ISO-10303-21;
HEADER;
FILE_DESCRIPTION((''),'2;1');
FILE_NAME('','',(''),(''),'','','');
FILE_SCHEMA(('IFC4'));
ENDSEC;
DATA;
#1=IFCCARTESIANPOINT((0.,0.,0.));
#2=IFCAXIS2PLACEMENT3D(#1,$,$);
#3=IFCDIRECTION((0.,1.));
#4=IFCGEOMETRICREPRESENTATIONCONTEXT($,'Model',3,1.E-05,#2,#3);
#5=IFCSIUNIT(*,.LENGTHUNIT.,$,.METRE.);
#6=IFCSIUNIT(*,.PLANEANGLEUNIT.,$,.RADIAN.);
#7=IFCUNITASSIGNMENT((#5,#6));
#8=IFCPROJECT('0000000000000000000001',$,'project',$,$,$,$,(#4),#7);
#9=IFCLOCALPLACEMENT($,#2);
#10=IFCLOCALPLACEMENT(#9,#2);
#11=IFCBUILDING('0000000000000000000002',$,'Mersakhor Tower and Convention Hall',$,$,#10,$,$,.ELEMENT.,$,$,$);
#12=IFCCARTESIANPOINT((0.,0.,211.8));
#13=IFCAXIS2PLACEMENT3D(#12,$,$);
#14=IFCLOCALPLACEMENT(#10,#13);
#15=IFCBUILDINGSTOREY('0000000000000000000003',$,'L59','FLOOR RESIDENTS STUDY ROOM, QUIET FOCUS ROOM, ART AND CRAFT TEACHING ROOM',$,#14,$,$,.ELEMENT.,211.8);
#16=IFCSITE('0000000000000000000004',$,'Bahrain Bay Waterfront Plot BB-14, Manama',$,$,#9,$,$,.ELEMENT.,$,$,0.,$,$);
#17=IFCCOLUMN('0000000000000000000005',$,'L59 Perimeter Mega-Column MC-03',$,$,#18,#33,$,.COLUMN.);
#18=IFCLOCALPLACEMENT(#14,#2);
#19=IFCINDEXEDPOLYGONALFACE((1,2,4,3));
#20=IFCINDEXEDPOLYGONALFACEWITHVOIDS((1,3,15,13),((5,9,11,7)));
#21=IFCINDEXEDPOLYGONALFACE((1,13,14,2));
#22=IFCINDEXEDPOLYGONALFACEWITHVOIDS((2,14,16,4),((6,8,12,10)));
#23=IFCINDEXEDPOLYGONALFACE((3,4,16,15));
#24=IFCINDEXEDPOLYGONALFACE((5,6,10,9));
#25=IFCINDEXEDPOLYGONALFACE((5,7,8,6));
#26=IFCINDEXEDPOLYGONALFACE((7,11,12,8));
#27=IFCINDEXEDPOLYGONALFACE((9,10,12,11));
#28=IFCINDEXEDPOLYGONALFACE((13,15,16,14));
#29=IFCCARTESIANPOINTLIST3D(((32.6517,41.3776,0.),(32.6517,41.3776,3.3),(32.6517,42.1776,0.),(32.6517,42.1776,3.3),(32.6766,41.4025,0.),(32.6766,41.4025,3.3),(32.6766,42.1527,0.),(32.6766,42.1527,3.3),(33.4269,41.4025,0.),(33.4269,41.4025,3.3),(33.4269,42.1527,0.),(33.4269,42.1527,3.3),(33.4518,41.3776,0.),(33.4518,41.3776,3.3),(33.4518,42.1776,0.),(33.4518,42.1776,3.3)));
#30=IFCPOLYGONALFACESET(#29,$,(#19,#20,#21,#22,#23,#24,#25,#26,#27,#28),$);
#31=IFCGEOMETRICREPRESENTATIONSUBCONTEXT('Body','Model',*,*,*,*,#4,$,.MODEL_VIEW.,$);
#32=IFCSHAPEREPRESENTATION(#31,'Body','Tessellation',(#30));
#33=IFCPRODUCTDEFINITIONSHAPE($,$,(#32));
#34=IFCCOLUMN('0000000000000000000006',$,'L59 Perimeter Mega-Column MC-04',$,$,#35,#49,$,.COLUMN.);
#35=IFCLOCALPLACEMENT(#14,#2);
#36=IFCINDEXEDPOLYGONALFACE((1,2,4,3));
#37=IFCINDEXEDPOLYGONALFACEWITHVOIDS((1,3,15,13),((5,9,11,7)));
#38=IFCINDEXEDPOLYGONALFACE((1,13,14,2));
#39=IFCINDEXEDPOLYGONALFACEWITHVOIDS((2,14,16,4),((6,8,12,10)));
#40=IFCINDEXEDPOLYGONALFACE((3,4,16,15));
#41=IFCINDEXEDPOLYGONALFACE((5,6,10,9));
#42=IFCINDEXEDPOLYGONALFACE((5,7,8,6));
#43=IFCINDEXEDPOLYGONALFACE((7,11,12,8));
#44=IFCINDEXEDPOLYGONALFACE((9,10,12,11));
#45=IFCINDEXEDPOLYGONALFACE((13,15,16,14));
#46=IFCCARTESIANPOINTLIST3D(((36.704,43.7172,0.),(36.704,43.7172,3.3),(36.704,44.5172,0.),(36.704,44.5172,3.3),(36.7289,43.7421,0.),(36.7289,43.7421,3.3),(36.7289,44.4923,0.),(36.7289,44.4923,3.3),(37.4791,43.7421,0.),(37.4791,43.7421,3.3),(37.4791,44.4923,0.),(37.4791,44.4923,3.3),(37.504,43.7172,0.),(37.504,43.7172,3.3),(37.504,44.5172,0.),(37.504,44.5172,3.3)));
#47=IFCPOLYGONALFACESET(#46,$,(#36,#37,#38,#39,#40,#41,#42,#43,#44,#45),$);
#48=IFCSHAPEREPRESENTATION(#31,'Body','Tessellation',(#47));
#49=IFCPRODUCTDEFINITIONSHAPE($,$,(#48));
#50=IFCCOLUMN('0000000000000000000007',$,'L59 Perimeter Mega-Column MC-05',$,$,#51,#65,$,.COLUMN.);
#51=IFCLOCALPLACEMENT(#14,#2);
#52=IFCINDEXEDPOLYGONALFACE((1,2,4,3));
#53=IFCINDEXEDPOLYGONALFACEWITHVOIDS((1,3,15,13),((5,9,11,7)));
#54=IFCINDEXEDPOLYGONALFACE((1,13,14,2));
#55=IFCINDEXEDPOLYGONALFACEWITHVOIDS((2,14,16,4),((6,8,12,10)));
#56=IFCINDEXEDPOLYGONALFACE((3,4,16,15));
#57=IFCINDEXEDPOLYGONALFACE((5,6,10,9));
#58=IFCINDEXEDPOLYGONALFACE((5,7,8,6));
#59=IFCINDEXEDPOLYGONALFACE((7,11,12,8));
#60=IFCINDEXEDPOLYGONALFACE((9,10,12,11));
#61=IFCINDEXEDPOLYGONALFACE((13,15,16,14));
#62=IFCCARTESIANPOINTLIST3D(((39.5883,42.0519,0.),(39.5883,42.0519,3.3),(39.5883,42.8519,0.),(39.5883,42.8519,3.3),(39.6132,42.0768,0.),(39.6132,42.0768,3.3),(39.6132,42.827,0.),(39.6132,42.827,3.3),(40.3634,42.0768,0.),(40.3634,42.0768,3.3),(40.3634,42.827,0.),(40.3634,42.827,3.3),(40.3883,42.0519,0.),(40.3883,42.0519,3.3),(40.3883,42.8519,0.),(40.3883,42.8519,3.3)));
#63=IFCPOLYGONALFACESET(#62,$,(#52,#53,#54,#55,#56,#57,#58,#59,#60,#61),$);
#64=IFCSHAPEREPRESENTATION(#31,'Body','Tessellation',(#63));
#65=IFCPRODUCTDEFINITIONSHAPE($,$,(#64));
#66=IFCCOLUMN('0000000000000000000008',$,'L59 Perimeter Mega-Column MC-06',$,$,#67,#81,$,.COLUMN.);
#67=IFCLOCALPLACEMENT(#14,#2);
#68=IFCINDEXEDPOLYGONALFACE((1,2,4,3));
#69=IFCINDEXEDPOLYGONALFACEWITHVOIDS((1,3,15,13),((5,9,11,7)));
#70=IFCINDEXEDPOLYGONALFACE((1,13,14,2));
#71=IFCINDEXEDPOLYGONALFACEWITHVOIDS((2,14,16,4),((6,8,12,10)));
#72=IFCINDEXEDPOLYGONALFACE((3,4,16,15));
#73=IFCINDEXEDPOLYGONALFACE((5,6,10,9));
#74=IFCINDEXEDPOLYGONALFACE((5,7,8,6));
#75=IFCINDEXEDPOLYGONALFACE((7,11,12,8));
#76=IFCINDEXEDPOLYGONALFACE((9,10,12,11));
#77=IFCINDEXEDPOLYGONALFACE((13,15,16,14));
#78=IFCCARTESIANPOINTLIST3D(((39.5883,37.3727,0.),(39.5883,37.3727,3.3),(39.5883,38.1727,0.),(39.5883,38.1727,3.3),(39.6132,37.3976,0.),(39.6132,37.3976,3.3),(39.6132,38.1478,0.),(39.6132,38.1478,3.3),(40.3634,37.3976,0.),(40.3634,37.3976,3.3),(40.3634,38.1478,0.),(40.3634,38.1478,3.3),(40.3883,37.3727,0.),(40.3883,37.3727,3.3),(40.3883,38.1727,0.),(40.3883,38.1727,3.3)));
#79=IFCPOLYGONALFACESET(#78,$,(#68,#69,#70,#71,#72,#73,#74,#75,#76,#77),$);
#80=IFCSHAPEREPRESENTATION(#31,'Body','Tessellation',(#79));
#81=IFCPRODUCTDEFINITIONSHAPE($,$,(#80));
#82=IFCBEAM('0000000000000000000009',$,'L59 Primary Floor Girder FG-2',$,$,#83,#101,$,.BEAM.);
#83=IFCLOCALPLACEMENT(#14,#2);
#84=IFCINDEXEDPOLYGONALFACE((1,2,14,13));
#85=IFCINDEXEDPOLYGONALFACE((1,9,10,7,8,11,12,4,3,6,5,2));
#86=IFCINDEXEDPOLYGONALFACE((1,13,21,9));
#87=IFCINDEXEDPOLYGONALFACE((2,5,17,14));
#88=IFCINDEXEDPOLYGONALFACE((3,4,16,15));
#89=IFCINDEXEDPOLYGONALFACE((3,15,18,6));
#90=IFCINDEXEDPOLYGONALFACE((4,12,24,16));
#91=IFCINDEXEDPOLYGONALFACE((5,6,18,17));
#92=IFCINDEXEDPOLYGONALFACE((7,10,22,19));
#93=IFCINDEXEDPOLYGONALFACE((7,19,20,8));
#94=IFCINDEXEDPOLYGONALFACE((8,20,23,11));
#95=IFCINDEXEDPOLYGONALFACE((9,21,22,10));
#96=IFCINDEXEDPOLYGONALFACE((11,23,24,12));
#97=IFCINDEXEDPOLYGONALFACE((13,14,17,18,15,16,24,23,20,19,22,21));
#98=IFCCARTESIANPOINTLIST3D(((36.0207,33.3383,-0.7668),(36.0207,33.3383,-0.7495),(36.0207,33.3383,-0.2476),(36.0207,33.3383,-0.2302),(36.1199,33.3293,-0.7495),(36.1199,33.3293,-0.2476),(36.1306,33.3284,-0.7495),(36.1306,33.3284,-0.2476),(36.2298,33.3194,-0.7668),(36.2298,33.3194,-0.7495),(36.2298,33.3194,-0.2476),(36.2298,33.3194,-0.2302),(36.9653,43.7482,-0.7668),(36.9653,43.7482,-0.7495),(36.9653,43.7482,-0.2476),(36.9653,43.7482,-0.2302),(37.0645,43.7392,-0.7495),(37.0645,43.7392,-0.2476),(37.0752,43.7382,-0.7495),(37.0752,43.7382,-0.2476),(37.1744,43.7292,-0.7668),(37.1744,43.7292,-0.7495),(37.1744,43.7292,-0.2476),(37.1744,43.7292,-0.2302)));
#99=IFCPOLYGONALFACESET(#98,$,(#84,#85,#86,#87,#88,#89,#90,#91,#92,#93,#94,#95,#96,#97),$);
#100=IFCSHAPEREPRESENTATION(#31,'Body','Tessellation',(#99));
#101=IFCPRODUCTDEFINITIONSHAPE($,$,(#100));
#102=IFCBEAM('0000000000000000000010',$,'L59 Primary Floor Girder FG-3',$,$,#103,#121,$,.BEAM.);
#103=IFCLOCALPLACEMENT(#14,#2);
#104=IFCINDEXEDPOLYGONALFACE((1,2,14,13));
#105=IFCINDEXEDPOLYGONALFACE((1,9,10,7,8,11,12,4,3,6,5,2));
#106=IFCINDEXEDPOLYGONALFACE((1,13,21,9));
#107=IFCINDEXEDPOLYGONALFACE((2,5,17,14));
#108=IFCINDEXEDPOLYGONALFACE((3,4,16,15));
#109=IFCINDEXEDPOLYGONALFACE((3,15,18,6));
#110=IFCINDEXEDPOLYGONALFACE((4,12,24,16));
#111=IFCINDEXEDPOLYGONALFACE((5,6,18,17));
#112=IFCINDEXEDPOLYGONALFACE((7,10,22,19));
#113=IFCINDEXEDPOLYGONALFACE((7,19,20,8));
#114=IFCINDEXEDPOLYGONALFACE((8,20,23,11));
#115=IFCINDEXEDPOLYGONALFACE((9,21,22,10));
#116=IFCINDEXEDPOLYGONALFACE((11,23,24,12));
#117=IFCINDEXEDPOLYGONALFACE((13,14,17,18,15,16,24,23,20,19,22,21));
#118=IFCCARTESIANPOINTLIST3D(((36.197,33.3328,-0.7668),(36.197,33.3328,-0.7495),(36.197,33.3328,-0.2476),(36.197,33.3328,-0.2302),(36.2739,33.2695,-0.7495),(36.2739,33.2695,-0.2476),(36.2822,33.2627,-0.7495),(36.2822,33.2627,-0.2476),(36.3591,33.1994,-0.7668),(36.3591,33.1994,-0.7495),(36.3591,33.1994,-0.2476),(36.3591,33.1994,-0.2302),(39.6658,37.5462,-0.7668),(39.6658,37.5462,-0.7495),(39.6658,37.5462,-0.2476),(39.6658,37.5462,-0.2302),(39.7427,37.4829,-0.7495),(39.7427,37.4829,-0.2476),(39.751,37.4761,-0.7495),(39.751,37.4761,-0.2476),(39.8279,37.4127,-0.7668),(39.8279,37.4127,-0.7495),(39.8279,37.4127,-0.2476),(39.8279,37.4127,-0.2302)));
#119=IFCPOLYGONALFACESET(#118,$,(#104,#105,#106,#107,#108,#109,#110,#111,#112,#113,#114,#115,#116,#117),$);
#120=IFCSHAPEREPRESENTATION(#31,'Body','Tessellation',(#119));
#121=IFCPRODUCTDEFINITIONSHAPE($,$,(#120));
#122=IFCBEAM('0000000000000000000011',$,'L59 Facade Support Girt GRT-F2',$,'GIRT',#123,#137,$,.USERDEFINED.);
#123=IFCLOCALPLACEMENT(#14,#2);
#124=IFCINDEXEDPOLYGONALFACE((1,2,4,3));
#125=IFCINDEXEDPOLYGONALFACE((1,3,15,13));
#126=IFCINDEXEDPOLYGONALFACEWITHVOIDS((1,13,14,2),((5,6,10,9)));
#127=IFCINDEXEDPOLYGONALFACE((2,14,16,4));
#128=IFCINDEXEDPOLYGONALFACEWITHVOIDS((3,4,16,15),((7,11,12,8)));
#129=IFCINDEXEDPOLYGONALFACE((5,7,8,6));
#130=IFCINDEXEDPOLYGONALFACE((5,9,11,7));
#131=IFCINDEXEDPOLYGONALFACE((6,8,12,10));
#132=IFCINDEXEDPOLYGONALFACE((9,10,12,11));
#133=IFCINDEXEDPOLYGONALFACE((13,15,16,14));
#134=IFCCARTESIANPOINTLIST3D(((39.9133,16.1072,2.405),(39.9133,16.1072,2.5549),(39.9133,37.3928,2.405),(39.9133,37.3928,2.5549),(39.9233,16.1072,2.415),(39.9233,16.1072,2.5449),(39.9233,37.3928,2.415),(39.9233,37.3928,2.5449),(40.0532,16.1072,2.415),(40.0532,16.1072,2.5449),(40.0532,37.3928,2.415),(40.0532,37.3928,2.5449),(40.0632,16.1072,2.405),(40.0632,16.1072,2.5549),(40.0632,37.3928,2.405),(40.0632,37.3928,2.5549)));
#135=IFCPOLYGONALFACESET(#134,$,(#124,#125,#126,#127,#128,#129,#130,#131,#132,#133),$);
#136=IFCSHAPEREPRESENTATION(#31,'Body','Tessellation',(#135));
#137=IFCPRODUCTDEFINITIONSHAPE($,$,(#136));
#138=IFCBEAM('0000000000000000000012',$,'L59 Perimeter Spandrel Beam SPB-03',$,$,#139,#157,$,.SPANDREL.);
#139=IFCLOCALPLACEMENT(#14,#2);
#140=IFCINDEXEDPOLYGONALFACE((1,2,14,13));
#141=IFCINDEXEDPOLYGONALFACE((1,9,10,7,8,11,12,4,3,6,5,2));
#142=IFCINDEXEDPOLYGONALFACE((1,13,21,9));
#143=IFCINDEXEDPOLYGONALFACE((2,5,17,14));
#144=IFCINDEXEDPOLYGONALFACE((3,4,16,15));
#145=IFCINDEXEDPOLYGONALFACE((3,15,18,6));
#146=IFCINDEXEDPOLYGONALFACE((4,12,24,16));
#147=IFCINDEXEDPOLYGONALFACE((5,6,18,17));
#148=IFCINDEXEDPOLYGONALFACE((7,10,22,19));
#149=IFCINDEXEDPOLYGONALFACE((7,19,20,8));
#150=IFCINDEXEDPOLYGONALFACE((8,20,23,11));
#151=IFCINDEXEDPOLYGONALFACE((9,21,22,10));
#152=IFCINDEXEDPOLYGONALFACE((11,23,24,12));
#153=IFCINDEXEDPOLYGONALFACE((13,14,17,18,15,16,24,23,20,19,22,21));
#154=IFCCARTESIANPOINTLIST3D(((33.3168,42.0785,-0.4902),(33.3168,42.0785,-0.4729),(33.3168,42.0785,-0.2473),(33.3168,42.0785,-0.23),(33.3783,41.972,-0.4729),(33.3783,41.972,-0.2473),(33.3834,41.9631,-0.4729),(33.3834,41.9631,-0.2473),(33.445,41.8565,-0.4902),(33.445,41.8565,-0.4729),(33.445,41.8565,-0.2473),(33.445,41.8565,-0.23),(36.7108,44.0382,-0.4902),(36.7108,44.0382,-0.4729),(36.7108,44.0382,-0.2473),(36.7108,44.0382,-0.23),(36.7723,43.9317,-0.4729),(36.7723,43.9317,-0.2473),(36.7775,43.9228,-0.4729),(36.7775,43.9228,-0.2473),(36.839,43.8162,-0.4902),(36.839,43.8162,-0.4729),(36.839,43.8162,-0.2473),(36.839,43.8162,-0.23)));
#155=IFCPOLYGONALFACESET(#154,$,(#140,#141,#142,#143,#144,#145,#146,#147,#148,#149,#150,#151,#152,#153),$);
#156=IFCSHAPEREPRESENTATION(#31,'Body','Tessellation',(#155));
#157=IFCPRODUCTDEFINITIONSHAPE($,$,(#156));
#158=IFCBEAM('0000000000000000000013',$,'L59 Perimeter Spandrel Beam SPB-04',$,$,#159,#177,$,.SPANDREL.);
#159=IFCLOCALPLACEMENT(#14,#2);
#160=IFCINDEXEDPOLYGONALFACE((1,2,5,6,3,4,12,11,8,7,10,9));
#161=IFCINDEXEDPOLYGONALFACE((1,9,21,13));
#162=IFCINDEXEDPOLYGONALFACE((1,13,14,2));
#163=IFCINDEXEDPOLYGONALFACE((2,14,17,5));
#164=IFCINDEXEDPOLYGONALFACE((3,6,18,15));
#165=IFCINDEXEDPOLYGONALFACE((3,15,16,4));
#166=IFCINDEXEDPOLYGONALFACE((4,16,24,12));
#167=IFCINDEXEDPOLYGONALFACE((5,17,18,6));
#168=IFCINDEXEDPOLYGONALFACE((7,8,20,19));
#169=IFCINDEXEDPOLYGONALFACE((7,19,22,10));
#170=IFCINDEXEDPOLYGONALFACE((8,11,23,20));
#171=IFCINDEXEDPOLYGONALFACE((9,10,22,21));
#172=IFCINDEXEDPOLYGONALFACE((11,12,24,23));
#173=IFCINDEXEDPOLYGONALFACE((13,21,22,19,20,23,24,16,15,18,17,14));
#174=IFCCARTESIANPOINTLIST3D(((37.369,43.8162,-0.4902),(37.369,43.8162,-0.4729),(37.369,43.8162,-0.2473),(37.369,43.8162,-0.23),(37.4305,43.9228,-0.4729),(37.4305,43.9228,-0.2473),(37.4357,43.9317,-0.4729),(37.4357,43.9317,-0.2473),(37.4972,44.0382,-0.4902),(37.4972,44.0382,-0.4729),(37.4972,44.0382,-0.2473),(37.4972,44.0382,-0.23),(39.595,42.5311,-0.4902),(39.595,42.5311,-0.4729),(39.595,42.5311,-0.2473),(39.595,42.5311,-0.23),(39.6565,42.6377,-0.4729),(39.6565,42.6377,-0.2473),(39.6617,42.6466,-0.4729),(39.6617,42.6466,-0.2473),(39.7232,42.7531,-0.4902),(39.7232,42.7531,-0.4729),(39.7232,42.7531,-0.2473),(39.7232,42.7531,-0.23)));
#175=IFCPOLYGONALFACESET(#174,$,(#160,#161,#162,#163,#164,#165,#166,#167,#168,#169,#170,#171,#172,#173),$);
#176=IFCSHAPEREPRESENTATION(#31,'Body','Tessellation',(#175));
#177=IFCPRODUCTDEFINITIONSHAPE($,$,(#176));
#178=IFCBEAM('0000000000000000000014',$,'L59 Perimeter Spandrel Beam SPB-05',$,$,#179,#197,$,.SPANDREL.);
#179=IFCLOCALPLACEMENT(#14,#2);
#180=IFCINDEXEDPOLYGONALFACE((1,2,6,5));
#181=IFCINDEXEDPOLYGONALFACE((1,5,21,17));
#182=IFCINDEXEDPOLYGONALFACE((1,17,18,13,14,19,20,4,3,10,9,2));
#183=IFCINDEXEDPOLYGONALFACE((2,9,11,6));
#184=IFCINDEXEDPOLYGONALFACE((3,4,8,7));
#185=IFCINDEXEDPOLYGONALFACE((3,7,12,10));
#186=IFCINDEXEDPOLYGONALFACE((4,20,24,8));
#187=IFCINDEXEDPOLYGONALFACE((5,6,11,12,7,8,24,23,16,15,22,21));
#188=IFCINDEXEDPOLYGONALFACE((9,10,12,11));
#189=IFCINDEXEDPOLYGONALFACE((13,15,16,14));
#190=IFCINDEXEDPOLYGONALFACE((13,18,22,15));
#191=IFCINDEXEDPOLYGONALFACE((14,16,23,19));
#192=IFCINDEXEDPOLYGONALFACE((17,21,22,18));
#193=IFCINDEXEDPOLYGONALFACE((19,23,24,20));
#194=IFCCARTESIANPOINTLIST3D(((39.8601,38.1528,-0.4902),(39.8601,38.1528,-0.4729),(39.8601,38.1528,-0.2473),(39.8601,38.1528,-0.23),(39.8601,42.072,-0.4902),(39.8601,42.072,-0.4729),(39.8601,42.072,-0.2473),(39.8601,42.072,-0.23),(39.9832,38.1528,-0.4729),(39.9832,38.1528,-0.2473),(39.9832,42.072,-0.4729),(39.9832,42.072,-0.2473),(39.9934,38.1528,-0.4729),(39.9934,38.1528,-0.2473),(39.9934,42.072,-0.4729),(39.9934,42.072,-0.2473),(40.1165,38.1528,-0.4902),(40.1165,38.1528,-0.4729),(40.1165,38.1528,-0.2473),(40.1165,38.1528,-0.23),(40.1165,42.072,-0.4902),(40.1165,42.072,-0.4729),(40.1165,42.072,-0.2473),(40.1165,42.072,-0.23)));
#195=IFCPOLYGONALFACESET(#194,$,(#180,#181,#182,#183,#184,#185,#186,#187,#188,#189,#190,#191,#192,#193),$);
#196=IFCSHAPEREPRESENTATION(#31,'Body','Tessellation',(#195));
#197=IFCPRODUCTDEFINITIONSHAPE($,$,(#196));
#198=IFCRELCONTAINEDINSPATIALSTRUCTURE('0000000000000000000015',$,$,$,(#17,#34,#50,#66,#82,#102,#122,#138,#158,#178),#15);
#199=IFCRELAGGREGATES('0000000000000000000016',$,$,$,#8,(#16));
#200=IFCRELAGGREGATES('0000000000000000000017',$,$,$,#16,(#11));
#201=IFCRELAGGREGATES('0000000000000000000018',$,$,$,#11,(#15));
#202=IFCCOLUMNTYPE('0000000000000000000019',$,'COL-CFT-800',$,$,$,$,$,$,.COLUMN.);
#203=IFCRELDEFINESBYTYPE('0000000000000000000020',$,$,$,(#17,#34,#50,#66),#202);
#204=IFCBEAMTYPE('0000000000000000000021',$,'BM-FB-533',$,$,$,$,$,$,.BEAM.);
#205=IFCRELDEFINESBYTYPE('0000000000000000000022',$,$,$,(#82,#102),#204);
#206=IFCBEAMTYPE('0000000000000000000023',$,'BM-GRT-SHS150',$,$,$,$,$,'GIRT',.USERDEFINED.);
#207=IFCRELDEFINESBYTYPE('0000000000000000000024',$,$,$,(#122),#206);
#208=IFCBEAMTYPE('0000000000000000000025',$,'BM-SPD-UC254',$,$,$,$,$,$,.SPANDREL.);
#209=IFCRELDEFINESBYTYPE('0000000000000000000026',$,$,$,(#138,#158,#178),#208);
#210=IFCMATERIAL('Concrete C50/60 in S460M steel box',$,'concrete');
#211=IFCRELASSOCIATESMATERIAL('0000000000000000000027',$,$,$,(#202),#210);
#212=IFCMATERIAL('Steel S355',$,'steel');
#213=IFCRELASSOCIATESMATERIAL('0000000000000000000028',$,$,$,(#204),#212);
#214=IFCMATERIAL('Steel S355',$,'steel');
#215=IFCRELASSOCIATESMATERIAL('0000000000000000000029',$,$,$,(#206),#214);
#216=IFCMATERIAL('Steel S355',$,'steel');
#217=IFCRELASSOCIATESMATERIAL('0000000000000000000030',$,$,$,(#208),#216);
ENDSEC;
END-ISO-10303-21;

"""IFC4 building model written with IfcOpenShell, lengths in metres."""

from ifc_helpers import new_model, si_unit, direction, frame, origin, origin_2d, place, context, subcontext, project, spatial, hollow_rectangle, i_section, extrude, material, material_profile, profile_set, type_object, element, save


model = new_model("IFC4")

# Units and contexts
model_context = context("Model", 3, precision=1e-05, world=origin(), true_north=direction((0.0, 1.0)))
body_context = subcontext(model_context, "Body", "Model", "MODEL_VIEW")
ifc_project = project(units=[si_unit("LENGTHUNIT", "METRE"), si_unit("PLANEANGLEUNIT", "RADIAN")], contexts=[model_context])

# Site, building, storey
site_placement = place(None, origin())
site = spatial("IfcSite", under=ifc_project, at=site_placement, Name="Bahrain Bay Waterfront Plot BB-14, Manama", CompositionType="ELEMENT", RefElevation=0.0)
building_placement = place(site_placement, origin())
building = spatial("IfcBuilding", under=site, at=building_placement, Name="Mersakhor Tower and Convention Hall", CompositionType="ELEMENT")
storey_placement = place(building_placement, frame((0.0, 0.0, 211.8)))
storey = spatial("IfcBuildingStorey", under=building, at=storey_placement, Name="L59", Description="FLOOR RESIDENTS STUDY ROOM, QUIET FOCUS ROOM, ART AND CRAFT TEACHING ROOM", CompositionType="ELEMENT", Elevation=211.8)

# Columns
ifc_material_1 = material(Name="Concrete C50/60 in S460M steel box", Category="concrete")
ifc_material_profile_1 = material_profile(ifc_material_1, hollow_rectangle(XDim=0.8, YDim=0.8, WallThickness=0.0249, at=origin_2d()), Name="SHS 800x800x25")
ifc_profile_set_1 = profile_set([ifc_material_profile_1], Name="Concrete C50/60 in S460M steel box")
column_type = type_object("IfcColumnType", Name="COL-CFT-800", PredefinedType="COLUMN", material=ifc_profile_set_1)
for number, where, z_axis, x_axis, name in (
    (1, (33.0518, 41.7776, 0.0), (0.0, 0.0, 1.0), (1.0, 0.0, 0.0), "L59 Perimeter Mega-Column MC-03"),
    (2, (37.104, 44.1172, 0.0), (0.0, 0.0, 1.0), (1.0, 0.0, 0.0), "L59 Perimeter Mega-Column MC-04"),
    (3, (39.9883, 42.4519, 0.0), (0.0, 0.0, 1.0), (1.0, 0.0, 0.0), "L59 Perimeter Mega-Column MC-05"),
    (4, (39.9883, 37.7727, 0.0), (0.0, 0.0, 1.0), (1.0, 0.0, 0.0), "L59 Perimeter Mega-Column MC-06"),
):
    element("IfcColumn", number, at=place(storey_placement, frame(where, z_axis=z_axis, x_axis=x_axis)), inside=storey, type_object=column_type, Name=name, PredefinedType="COLUMN", context=body_context, shape_type="SweptSolid", body=[
        extrude(hollow_rectangle(XDim=0.8, YDim=0.8, WallThickness=0.0249, at=origin_2d()), origin(), (0.0, 0.0, 1.0), 3.3),
    ])

# Beams
ifc_material_2 = material(Name="Steel S355", Category="steel")
ifc_material_profile_2 = material_profile(ifc_material_2, i_section(OverallWidth=0.21, OverallDepth=0.5366, WebThickness=0.0107, FlangeThickness=0.0173, at=origin_2d()), Name="UB 533x210x101")
ifc_profile_set_2 = profile_set([ifc_material_profile_2], Name="Steel S355")
beam_type_1 = type_object("IfcBeamType", Name="BM-FB-533", PredefinedType="BEAM", material=ifc_profile_set_2)
beam_1_placement = place(storey_placement, frame((36.1252, 33.3289, -0.4985), z_axis=(0.090367, 0.995909, 0.0), x_axis=(-0.995909, 0.090367, 0.0)))
element("IfcBeam", 5, at=beam_1_placement, inside=storey, type_object=beam_type_1, Name="L59 Primary Floor Girder FG-2", PredefinedType="BEAM", context=body_context, shape_type="SweptSolid", body=[
    extrude(i_section(OverallWidth=0.21, OverallDepth=0.5366, WebThickness=0.0107, FlangeThickness=0.0173, at=origin_2d()), origin(), (0.0, 0.0, 1.0), 10.4526),
])
beam_2_placement = place(storey_placement, frame((36.2781, 33.2661, -0.4985), z_axis=(0.635588, 0.772028, 0.0), x_axis=(-0.772028, 0.635588, 0.0)))
element("IfcBeam", 6, at=beam_2_placement, inside=storey, type_object=beam_type_1, Name="L59 Primary Floor Girder FG-3", PredefinedType="BEAM", context=body_context, shape_type="SweptSolid", body=[
    extrude(i_section(OverallWidth=0.21, OverallDepth=0.5366, WebThickness=0.0107, FlangeThickness=0.0173, at=origin_2d()), origin(), (0.0, 0.0, 1.0), 5.4575),
])
ifc_material_3 = material(Name="Steel S355", Category="steel")
ifc_material_profile_3 = material_profile(ifc_material_3, hollow_rectangle(XDim=0.1499, YDim=0.1499, WallThickness=0.01, at=origin_2d()), Name="SHS 150x150x10")
ifc_profile_set_3 = profile_set([ifc_material_profile_3], Name="Steel S355")
beam_type_2 = type_object("IfcBeamType", Name="BM-GRT-SHS150", ElementType="GIRT", PredefinedType="USERDEFINED", material=ifc_profile_set_3)
beam_3_placement = place(storey_placement, frame((39.9883, 37.3928, 2.48), z_axis=(0.0, -1.0, 0.0), x_axis=(1.0, 0.0, 0.0)))
element("IfcBeam", 7, at=beam_3_placement, inside=storey, type_object=beam_type_2, Name="L59 Facade Support Girt GRT-F2", ObjectType="GIRT", PredefinedType="USERDEFINED", context=body_context, shape_type="SweptSolid", body=[
    extrude(hollow_rectangle(XDim=0.1499, YDim=0.1499, WallThickness=0.01, at=origin_2d()), origin(), (0.0, 0.0, 1.0), 21.2856),
])
ifc_material_4 = material(Name="Steel S355", Category="steel")
ifc_material_profile_4 = material_profile(ifc_material_4, i_section(OverallWidth=0.2563, OverallDepth=0.2603, WebThickness=0.0103, FlangeThickness=0.0173, at=origin_2d()), Name="UC 254x254x89")
ifc_profile_set_4 = profile_set([ifc_material_profile_4], Name="Steel S355")
beam_type_3 = type_object("IfcBeamType", Name="BM-SPD-UC254", PredefinedType="SPANDREL", material=ifc_profile_set_4)
beam_4_placement = place(storey_placement, frame((33.3809, 41.9675, -0.3601), z_axis=(0.866007, 0.500032, 0.0), x_axis=(-0.500032, 0.866007, 0.0)))
element("IfcBeam", 8, at=beam_4_placement, inside=storey, type_object=beam_type_3, Name="L59 Perimeter Spandrel Beam SPB-03", PredefinedType="SPANDREL", context=body_context, shape_type="SweptSolid", body=[
    extrude(i_section(OverallWidth=0.2563, OverallDepth=0.2603, WebThickness=0.0103, FlangeThickness=0.0173, at=origin_2d()), origin(), (0.0, 0.0, 1.0), 3.9192),
])
beam_5_placement = place(storey_placement, frame((37.4331, 43.9272, -0.3601), z_axis=(0.866037, -0.49998, 0.0), x_axis=(0.49998, 0.866037, 0.0)))
element("IfcBeam", 9, at=beam_5_placement, inside=storey, type_object=beam_type_3, Name="L59 Perimeter Spandrel Beam SPB-04", PredefinedType="SPANDREL", context=body_context, shape_type="SweptSolid", body=[
    extrude(i_section(OverallWidth=0.2563, OverallDepth=0.2603, WebThickness=0.0103, FlangeThickness=0.0173, at=origin_2d()), origin(), (0.0, 0.0, 1.0), 2.5703),
])
beam_6_placement = place(storey_placement, frame((39.9883, 42.072, -0.3601), z_axis=(0.0, -1.0, 0.0), x_axis=(1.0, 0.0, 0.0)))
element("IfcBeam", 10, at=beam_6_placement, inside=storey, type_object=beam_type_3, Name="L59 Perimeter Spandrel Beam SPB-05", PredefinedType="SPANDREL", context=body_context, shape_type="SweptSolid", body=[
    extrude(i_section(OverallWidth=0.2563, OverallDepth=0.2603, WebThickness=0.0103, FlangeThickness=0.0173, at=origin_2d()), origin(), (0.0, 0.0, 1.0), 3.9192),
])

save(model, "model.ifc")
